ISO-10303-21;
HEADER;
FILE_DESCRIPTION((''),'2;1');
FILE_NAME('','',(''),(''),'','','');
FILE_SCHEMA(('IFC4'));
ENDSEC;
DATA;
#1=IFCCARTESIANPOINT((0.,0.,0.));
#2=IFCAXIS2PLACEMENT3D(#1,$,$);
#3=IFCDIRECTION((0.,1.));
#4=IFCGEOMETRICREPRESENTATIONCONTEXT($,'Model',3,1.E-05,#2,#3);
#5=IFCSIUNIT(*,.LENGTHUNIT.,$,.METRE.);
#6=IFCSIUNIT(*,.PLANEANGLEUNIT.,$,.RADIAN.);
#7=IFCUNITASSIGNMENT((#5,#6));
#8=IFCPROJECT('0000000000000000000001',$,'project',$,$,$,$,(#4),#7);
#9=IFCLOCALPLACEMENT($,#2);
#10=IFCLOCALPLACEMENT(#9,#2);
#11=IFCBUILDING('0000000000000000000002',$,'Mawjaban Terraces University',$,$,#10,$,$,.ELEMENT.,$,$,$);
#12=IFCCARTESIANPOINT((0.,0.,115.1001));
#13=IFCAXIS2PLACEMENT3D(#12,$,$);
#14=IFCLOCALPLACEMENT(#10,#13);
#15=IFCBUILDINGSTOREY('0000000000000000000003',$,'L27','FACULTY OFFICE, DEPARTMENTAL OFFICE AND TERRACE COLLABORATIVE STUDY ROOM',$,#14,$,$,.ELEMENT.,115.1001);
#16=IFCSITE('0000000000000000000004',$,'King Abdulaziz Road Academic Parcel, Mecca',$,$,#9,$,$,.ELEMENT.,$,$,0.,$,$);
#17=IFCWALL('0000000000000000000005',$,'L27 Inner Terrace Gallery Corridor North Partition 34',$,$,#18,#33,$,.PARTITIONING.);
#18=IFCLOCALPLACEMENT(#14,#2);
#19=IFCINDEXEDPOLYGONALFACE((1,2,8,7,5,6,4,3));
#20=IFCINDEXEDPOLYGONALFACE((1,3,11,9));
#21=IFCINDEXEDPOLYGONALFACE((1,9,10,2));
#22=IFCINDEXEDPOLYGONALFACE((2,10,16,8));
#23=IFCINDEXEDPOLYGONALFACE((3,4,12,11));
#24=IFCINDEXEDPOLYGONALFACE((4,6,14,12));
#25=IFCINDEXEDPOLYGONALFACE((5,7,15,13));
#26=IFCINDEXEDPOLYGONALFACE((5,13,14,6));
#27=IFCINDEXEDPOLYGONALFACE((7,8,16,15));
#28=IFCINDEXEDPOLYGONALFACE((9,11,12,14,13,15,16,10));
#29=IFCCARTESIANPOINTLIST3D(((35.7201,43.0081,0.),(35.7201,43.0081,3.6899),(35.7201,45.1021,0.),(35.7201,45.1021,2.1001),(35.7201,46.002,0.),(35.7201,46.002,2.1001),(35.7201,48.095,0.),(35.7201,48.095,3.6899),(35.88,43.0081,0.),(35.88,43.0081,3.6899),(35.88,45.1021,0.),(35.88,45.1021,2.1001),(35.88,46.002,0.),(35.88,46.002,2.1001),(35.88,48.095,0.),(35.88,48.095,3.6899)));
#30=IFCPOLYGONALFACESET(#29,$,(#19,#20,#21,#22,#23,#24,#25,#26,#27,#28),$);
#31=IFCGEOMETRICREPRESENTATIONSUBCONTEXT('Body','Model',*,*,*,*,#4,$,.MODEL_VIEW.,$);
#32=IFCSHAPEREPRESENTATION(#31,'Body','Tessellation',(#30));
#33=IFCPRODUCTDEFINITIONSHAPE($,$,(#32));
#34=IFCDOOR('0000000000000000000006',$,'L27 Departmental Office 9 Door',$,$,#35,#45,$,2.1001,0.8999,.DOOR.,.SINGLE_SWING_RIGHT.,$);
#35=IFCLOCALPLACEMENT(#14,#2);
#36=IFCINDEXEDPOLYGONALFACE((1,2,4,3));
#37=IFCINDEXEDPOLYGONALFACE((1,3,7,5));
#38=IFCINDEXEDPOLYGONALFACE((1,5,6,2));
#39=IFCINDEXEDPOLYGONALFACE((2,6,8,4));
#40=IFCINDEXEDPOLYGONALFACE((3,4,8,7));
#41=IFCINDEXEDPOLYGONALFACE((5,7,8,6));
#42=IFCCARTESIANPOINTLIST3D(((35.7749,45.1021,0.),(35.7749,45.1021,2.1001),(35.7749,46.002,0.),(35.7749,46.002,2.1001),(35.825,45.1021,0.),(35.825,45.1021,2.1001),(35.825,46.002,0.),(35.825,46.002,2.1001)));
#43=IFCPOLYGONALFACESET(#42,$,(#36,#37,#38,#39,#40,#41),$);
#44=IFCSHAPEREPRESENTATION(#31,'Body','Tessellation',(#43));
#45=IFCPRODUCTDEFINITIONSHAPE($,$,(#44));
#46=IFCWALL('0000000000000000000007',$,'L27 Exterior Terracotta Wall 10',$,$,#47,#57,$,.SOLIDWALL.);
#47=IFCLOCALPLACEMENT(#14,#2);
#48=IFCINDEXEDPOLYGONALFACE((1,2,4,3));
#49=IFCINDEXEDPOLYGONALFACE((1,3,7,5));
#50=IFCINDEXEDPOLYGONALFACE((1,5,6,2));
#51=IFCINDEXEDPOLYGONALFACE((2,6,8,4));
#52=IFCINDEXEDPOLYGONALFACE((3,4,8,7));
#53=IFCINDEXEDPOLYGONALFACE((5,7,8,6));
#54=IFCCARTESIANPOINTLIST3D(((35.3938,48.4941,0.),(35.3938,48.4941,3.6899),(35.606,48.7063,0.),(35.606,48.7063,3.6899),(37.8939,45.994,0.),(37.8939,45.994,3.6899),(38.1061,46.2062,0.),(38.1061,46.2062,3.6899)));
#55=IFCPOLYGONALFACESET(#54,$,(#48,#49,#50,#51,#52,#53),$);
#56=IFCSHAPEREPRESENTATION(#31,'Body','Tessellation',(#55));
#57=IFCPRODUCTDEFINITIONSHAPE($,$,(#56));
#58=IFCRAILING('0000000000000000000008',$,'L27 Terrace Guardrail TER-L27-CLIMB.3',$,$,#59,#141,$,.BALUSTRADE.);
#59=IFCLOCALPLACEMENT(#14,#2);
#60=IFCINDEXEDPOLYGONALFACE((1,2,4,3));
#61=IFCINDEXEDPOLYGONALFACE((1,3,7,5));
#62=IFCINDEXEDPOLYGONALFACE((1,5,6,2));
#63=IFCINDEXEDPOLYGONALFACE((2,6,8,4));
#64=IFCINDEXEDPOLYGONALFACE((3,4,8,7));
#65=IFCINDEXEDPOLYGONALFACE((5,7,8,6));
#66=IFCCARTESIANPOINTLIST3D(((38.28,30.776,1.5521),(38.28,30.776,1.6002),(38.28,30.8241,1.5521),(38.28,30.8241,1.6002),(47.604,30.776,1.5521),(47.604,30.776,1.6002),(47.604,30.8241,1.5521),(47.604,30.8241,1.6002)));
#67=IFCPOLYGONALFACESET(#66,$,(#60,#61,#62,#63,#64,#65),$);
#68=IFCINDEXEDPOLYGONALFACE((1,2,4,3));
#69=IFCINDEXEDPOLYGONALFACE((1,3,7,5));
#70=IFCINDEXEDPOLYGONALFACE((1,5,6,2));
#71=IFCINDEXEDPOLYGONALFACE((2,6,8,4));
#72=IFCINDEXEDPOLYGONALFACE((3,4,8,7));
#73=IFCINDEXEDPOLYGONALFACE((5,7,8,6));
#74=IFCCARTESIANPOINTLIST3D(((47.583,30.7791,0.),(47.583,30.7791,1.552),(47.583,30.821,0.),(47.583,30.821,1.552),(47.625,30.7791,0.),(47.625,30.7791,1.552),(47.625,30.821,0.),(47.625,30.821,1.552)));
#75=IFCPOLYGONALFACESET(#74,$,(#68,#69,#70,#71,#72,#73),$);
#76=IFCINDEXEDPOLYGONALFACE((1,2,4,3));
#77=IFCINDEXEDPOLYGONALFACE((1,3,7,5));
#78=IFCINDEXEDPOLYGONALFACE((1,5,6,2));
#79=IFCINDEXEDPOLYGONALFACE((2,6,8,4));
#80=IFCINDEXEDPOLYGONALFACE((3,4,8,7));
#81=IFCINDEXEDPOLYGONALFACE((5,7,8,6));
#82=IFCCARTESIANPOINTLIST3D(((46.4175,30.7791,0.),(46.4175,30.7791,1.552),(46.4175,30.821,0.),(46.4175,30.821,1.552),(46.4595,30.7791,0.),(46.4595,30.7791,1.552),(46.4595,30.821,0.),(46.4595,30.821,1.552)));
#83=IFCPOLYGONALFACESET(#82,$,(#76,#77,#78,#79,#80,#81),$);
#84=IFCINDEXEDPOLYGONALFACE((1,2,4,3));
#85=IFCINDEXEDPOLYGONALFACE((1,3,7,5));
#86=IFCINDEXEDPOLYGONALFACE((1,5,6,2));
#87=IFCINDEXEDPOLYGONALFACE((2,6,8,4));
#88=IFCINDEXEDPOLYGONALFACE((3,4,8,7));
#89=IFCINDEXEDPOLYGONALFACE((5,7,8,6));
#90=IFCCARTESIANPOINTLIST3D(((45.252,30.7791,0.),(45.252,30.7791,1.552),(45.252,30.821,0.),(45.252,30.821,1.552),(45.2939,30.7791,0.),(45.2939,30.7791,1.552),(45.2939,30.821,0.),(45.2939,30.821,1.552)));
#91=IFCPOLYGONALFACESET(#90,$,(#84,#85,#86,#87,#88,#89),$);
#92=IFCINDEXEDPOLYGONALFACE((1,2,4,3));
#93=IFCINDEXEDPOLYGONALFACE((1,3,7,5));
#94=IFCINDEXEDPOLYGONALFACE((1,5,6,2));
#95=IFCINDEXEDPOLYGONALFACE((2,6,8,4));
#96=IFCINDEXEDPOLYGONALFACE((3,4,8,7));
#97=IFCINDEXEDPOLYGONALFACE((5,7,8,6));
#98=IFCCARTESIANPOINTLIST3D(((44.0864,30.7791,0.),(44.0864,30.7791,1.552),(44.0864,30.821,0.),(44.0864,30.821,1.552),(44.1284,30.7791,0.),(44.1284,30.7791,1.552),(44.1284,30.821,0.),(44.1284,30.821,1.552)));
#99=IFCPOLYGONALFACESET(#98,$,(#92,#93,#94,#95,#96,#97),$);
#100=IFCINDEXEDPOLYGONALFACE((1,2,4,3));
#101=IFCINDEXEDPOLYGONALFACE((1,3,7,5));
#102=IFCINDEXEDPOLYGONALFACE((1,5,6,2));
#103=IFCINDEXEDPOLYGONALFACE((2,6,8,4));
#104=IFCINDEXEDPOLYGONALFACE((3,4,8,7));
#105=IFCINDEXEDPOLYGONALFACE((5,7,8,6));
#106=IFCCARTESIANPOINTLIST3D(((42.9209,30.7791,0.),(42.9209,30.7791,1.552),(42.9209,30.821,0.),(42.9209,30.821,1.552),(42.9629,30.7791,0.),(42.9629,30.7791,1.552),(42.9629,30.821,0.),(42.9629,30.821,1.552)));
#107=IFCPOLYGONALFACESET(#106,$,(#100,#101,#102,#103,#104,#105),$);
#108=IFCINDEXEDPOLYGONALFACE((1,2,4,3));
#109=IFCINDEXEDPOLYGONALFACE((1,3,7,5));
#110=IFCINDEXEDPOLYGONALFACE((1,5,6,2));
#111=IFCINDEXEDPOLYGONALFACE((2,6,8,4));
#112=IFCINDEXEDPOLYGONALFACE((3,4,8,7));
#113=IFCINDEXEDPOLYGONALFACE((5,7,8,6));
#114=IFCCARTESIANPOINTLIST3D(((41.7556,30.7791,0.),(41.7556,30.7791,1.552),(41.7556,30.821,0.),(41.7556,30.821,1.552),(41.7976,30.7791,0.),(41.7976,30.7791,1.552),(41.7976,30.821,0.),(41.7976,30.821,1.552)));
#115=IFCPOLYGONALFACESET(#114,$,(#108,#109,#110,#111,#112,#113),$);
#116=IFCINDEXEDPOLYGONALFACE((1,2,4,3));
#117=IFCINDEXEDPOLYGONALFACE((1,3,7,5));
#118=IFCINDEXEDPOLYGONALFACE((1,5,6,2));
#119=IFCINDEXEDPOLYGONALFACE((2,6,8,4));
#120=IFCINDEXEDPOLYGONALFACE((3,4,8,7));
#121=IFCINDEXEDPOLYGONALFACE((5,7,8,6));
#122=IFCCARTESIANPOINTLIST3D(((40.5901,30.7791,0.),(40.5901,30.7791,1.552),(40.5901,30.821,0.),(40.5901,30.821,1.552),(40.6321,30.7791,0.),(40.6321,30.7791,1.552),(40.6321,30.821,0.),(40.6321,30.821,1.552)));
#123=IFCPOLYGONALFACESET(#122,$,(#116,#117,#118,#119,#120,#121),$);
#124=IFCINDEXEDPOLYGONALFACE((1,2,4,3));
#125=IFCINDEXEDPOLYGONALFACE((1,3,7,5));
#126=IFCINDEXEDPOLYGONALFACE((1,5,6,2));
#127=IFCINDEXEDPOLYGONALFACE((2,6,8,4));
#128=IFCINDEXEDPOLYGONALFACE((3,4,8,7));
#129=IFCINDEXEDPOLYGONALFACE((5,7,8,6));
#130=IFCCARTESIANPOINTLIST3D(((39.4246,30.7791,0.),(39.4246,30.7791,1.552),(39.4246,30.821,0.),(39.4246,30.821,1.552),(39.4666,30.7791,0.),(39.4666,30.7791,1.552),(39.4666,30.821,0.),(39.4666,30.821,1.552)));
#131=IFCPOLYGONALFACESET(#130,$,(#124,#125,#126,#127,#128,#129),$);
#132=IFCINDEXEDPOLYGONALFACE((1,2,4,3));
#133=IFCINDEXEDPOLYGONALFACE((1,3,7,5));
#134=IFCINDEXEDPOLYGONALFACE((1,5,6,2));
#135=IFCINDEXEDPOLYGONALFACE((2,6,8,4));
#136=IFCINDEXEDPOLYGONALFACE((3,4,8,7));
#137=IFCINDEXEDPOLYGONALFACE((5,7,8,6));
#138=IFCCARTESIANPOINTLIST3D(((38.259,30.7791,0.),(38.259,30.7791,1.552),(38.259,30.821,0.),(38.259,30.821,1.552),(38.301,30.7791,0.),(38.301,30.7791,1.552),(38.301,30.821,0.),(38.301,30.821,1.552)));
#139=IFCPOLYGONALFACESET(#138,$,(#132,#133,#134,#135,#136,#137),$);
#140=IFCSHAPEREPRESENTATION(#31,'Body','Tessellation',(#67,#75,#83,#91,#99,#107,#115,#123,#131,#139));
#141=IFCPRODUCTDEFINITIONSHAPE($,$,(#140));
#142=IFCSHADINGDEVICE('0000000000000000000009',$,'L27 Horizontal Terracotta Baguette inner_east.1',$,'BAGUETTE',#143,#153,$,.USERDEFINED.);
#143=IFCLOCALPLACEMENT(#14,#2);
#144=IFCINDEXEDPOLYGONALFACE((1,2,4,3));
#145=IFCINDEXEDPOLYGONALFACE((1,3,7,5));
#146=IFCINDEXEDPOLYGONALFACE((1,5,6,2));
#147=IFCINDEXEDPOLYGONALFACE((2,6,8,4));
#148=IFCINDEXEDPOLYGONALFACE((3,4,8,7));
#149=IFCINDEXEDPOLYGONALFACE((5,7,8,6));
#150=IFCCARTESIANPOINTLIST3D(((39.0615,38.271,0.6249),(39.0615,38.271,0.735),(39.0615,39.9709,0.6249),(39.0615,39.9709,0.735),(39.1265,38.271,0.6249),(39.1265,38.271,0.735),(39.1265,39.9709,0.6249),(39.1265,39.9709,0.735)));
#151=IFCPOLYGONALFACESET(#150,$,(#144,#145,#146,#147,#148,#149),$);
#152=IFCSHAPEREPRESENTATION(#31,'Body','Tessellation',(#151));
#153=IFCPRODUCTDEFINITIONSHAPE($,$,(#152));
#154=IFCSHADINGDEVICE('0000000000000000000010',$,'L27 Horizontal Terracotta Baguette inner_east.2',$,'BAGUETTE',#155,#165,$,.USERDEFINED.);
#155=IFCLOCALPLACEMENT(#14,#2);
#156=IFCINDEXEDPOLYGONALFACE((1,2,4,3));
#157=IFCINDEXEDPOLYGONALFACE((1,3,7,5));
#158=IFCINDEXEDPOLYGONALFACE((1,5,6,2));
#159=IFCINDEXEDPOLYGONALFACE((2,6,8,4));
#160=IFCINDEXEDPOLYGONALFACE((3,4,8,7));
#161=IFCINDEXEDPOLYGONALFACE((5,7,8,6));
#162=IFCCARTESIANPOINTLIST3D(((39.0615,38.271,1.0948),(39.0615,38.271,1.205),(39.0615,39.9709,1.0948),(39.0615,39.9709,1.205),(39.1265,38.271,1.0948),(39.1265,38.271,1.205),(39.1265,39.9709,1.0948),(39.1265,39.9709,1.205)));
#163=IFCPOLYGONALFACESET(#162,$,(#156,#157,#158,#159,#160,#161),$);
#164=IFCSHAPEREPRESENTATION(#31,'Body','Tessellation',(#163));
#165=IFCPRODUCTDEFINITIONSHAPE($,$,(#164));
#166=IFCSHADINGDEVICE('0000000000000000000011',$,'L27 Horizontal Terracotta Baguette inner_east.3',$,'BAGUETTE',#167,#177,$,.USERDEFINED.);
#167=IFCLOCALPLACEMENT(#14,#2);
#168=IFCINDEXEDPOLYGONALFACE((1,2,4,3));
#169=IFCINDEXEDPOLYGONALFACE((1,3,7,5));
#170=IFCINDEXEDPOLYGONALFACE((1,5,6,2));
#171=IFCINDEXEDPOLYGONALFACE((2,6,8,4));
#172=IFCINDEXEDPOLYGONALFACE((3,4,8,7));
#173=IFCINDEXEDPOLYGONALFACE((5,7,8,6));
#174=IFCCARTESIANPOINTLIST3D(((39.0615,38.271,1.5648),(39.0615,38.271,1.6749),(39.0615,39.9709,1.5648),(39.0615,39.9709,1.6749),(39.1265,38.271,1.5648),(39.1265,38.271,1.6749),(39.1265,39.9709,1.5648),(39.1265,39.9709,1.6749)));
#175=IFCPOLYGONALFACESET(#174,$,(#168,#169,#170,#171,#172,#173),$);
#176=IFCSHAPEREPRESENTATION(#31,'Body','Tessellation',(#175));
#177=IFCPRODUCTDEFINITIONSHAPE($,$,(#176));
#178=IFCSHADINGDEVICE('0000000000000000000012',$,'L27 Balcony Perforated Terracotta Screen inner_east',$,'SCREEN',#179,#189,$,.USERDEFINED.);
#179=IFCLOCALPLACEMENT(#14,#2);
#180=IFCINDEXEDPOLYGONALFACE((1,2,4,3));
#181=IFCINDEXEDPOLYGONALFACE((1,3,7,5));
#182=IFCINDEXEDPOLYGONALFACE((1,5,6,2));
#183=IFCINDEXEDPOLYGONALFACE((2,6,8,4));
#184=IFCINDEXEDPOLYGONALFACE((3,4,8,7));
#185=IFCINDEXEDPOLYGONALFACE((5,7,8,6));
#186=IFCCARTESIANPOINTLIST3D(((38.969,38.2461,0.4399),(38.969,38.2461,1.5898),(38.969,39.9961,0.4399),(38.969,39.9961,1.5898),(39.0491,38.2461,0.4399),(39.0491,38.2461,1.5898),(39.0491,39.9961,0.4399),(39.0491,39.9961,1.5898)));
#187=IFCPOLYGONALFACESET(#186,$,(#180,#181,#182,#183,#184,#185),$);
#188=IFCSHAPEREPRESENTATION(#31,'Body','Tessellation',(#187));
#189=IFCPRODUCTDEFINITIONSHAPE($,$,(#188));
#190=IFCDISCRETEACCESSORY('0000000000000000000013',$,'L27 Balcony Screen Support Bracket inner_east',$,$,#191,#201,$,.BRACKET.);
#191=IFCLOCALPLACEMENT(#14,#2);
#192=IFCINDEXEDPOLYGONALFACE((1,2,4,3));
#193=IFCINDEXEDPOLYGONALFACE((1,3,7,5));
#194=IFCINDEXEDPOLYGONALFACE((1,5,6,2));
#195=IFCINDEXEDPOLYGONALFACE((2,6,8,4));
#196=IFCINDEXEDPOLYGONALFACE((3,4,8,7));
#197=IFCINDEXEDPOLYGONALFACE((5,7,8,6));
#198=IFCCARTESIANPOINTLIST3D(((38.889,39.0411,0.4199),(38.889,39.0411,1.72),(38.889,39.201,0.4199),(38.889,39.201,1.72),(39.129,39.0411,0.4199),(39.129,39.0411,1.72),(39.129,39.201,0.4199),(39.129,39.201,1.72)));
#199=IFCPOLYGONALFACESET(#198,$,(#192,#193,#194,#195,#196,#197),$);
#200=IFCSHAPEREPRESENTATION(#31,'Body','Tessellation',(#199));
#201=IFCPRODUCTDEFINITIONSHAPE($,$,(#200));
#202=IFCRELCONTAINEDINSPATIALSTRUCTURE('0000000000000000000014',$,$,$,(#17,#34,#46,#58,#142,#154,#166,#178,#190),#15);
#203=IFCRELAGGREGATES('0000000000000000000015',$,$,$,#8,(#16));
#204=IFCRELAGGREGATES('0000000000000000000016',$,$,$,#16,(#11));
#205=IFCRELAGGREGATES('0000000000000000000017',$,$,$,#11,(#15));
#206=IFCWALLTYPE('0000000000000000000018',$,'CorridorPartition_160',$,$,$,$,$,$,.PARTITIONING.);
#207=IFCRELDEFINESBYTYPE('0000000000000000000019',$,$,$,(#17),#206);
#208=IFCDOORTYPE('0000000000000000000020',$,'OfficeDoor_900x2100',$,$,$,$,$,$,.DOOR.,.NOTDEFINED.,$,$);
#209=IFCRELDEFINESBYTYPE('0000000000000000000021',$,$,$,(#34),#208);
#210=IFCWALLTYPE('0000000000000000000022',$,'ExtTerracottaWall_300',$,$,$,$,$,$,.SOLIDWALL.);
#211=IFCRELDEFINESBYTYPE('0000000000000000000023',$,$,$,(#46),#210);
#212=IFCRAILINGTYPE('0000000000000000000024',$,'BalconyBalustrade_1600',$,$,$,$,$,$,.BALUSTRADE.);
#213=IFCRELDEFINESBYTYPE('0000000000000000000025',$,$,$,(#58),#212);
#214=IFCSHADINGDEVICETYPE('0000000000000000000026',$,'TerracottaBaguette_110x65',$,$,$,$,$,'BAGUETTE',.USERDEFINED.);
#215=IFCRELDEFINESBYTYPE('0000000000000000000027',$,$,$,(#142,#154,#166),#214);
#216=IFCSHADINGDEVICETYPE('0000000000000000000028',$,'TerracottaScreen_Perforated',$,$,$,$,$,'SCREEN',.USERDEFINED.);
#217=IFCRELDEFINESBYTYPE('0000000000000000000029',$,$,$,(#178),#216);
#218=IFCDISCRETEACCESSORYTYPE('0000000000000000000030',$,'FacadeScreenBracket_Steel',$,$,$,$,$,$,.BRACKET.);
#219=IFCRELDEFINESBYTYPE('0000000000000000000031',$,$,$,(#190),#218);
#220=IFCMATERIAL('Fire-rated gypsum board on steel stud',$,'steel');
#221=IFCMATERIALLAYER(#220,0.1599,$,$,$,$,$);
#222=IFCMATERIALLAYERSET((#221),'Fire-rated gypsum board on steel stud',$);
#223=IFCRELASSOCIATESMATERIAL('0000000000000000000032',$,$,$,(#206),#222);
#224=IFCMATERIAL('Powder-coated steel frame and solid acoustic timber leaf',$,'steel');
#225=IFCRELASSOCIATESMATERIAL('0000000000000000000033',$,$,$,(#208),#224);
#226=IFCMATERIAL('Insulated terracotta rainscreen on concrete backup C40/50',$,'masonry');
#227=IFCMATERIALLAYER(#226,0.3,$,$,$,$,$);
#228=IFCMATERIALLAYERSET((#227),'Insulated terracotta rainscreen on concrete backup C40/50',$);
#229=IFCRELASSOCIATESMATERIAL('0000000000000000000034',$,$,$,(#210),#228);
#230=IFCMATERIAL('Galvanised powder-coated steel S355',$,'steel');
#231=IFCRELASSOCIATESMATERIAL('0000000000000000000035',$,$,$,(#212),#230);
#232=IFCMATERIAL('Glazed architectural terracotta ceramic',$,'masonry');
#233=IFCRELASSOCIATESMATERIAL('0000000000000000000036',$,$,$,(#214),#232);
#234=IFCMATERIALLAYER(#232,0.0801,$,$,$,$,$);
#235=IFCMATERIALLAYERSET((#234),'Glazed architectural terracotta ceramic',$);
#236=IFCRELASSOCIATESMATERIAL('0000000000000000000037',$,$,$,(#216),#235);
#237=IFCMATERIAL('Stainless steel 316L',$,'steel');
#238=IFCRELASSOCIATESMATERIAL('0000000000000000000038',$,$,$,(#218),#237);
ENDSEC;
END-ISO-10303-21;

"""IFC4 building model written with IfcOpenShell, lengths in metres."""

from ifc_helpers import new_model, si_unit, direction, frame, frame_2d, origin, origin_2d, place, context, subcontext, project, spatial, rectangle, extrude, material, layer, layer_set, material_profile, profile_set, type_object, element, fill, save


model = new_model("IFC4")

# Units and contexts
model_context = context("Model", 3, precision=1e-05, world=origin(), true_north=direction((0.0, 1.0)))
body_context = subcontext(model_context, "Body", "Model", "MODEL_VIEW")
ifc_project = project(units=[si_unit("LENGTHUNIT", "METRE"), si_unit("PLANEANGLEUNIT", "RADIAN")], contexts=[model_context])

# Site, building, storey
site_placement = place(None, origin())
site = spatial("IfcSite", under=ifc_project, at=site_placement, Name="King Abdulaziz Road Academic Parcel, Mecca", CompositionType="ELEMENT", RefElevation=0.0)
building_placement = place(site_placement, origin())
building = spatial("IfcBuilding", under=site, at=building_placement, Name="Mawjaban Terraces University", CompositionType="ELEMENT")
storey_placement = place(building_placement, frame((0.0, 0.0, 115.1001)))
storey = spatial("IfcBuildingStorey", under=building, at=storey_placement, Name="L27", Description="FACULTY OFFICE, DEPARTMENTAL OFFICE AND TERRACE COLLABORATIVE STUDY ROOM", CompositionType="ELEMENT", Elevation=115.1001)

# Wall, opening, door
ifc_material_1 = material(Name="Fire-rated gypsum board on steel stud", Category="steel")
ifc_layer_1 = layer(ifc_material_1, 0.1599)
ifc_layer_set_1 = layer_set([ifc_layer_1], Name="Fire-rated gypsum board on steel stud")
wall_type_1 = type_object("IfcWallType", Name="CorridorPartition_160", PredefinedType="PARTITIONING", material=ifc_layer_set_1)
ifc_material_2 = material(Name="Powder-coated steel frame and solid acoustic timber leaf", Category="steel")
door_type = type_object("IfcDoorType", Name="OfficeDoor_900x2100", OperationType="NOTDEFINED", PredefinedType="DOOR", material=ifc_material_2)
wall_1_placement = place(storey_placement, frame((35.8, 48.095, 0.0), z_axis=(0.0, 0.0, 1.0), x_axis=(0.0, -1.0, 0.0)))
wall_1 = element("IfcWall", 1, at=wall_1_placement, inside=storey, type_object=wall_type_1, Name="L27 Inner Terrace Gallery Corridor North Partition 34", PredefinedType="PARTITIONING", context=body_context, shape_type="SweptSolid", body=[
    extrude(rectangle(XDim=5.0869, YDim=0.1599, at=frame_2d((2.5435, 0.0))), origin(), (0.0, 0.0, 1.0), 3.6899),
])
opening_1_placement = place(wall_1_placement, frame((2.093, 0.0, 0.0)))
opening_1 = element("IfcOpeningElement", 2, at=opening_1_placement, cuts=wall_1, PredefinedType="OPENING", context=body_context, shape_type="SweptSolid", body=[
    extrude(rectangle(XDim=0.8999, YDim=2.1001, at=frame_2d((0.45, 1.05))), frame((0.0, 0.0898, 0.0), z_axis=(0.0, -1.0, 0.0), x_axis=(1.0, 0.0, 0.0)), (0.0, 0.0, 1.0), 0.1799),
])
door_1_placement = place(opening_1_placement, origin())
door_1 = element("IfcDoor", 3, at=door_1_placement, inside=storey, type_object=door_type, Name="L27 Departmental Office 9 Door", OperationType="SINGLE_SWING_RIGHT", OverallHeight=2.1001, OverallWidth=0.8999, PredefinedType="DOOR", context=body_context, shape_type="SweptSolid", body=[
    extrude(rectangle(XDim=0.8999, YDim=2.1001, at=frame_2d((0.45, 1.05))), frame((0.0, 0.0249, 0.0), z_axis=(0.0, -1.0, 0.0), x_axis=(1.0, 0.0, 0.0)), (0.0, 0.0, 1.0), 0.05),
])
fill(opening_1, door_1)

# Wall
ifc_material_3 = material(Name="Insulated terracotta rainscreen on concrete backup C40/50", Category="masonry")
ifc_layer_2 = layer(ifc_material_3, 0.3)
ifc_layer_set_2 = layer_set([ifc_layer_2], Name="Insulated terracotta rainscreen on concrete backup C40/50")
wall_type_2 = type_object("IfcWallType", Name="ExtTerracottaWall_300", PredefinedType="SOLIDWALL", material=ifc_layer_set_2)
wall_2_placement = place(storey_placement, frame((38.0, 46.1001, 0.0), z_axis=(0.0, 0.0, 1.0), x_axis=(-0.707107, 0.707107, 0.0)))
element("IfcWall", 4, at=wall_2_placement, inside=storey, type_object=wall_type_2, Name="L27 Exterior Terracotta Wall 10", PredefinedType="SOLIDWALL", context=body_context, shape_type="SweptSolid", body=[
    extrude(rectangle(XDim=3.5356, YDim=0.3, at=frame_2d((1.7678, 0.0))), origin(), (0.0, 0.0, 1.0), 3.6899),
])

# Railing
ifc_material_4 = material(Name="Galvanised powder-coated steel S355", Category="steel")
railing_type = type_object("IfcRailingType", Name="BalconyBalustrade_1600", PredefinedType="BALUSTRADE", material=ifc_material_4)
railing_1_placement = place(storey_placement, frame((47.604, 30.8, 0.0)))
element("IfcRailing", 5, at=railing_1_placement, inside=storey, type_object=railing_type, Name="L27 Terrace Guardrail TER-L27-CLIMB.3", PredefinedType="BALUSTRADE", context=body_context, shape_type="SweptSolid", body=[
    extrude(rectangle(XDim=0.0481, YDim=0.0481, at=origin_2d()), frame((0.0, 0.0, 1.5762), z_axis=(-1.0, 0.0, 0.0), x_axis=(0.0, -1.0, 0.0)), (0.0, 0.0, 1.0), 9.324),
    extrude(rectangle(XDim=0.042, YDim=0.042, at=origin_2d()), origin(), (0.0, 0.0, 1.0), 1.552),
    extrude(rectangle(XDim=0.042, YDim=0.042, at=origin_2d()), frame((-1.1655, 0.0, 0.0)), (0.0, 0.0, 1.0), 1.552),
    extrude(rectangle(XDim=0.042, YDim=0.042, at=origin_2d()), frame((-2.3311, 0.0, 0.0)), (0.0, 0.0, 1.0), 1.552),
    extrude(rectangle(XDim=0.042, YDim=0.042, at=origin_2d()), frame((-3.4966, 0.0, 0.0)), (0.0, 0.0, 1.0), 1.552),
    extrude(rectangle(XDim=0.042, YDim=0.042, at=origin_2d()), frame((-4.6621, 0.0, 0.0)), (0.0, 0.0, 1.0), 1.552),
    extrude(rectangle(XDim=0.042, YDim=0.042, at=origin_2d()), frame((-5.8274, 0.0, 0.0)), (0.0, 0.0, 1.0), 1.552),
    extrude(rectangle(XDim=0.042, YDim=0.042, at=origin_2d()), frame((-6.9929, 0.0, 0.0)), (0.0, 0.0, 1.0), 1.552),
    extrude(rectangle(XDim=0.042, YDim=0.042, at=origin_2d()), frame((-8.1584, 0.0, 0.0)), (0.0, 0.0, 1.0), 1.552),
    extrude(rectangle(XDim=0.042, YDim=0.042, at=origin_2d()), frame((-9.324, 0.0, 0.0)), (0.0, 0.0, 1.0), 1.552),
])

# Shading devices
ifc_material_5 = material(Name="Glazed architectural terracotta ceramic", Category="masonry")
ifc_material_profile_1 = material_profile(ifc_material_5, rectangle(XDim=0.0649, YDim=0.1101, at=origin_2d()), Name="TBAG110X65")
ifc_profile_set_1 = profile_set([ifc_material_profile_1], Name="Glazed architectural terracotta ceramic")
shading_device_type_1 = type_object("IfcShadingDeviceType", Name="TerracottaBaguette_110x65", ElementType="BAGUETTE", PredefinedType="USERDEFINED", material=ifc_profile_set_1)
for number, where, z_axis, x_axis, name in (
    (6, (39.094, 38.271, 0.6799), (0.0, 1.0, 0.0), (-1.0, 0.0, 0.0), "L27 Horizontal Terracotta Baguette inner_east.1"),
    (7, (39.094, 38.271, 1.1499), (0.0, 1.0, 0.0), (-1.0, 0.0, 0.0), "L27 Horizontal Terracotta Baguette inner_east.2"),
    (8, (39.094, 38.271, 1.6199), (0.0, 1.0, 0.0), (-1.0, 0.0, 0.0), "L27 Horizontal Terracotta Baguette inner_east.3"),
):
    element("IfcShadingDevice", number, at=place(storey_placement, frame(where, z_axis=z_axis, x_axis=x_axis)), inside=storey, type_object=shading_device_type_1, Name=name, ObjectType="BAGUETTE", PredefinedType="USERDEFINED", context=body_context, shape_type="SweptSolid", body=[
        extrude(rectangle(XDim=0.0649, YDim=0.1101, at=origin_2d()), origin(), (0.0, 0.0, 1.0), 1.7),
    ])
ifc_layer_3 = layer(ifc_material_5, 0.0801)
ifc_layer_set_3 = layer_set([ifc_layer_3], Name="Glazed architectural terracotta ceramic")
shading_device_type_2 = type_object("IfcShadingDeviceType", Name="TerracottaScreen_Perforated", ElementType="SCREEN", PredefinedType="USERDEFINED", material=ifc_layer_set_3)
shading_device_placement = place(storey_placement, frame((39.009, 39.1211, 0.4399), z_axis=(0.0, 0.0, 1.0), x_axis=(0.0, 1.0, 0.0)))
element("IfcShadingDevice", 9, at=shading_device_placement, inside=storey, type_object=shading_device_type_2, Name="L27 Balcony Perforated Terracotta Screen inner_east", ObjectType="SCREEN", PredefinedType="USERDEFINED", context=body_context, shape_type="SweptSolid", body=[
    extrude(rectangle(XDim=1.75, YDim=0.0801, at=origin_2d()), origin(), (0.0, 0.0, 1.0), 1.1499),
])

# Discrete accessory
ifc_material_6 = material(Name="Stainless steel 316L", Category="steel")
discrete_accessory_type_1 = type_object("IfcDiscreteAccessoryType", Name="FacadeScreenBracket_Steel", PredefinedType="BRACKET", material=ifc_material_6)
discrete_accessory_1_placement = place(storey_placement, frame((39.009, 39.1211, 0.4199), z_axis=(0.0, 0.0, 1.0), x_axis=(0.0, 1.0, 0.0)))
element("IfcDiscreteAccessory", 10, at=discrete_accessory_1_placement, inside=storey, type_object=discrete_accessory_type_1, Name="L27 Balcony Screen Support Bracket inner_east", PredefinedType="BRACKET", context=body_context, shape_type="SweptSolid", body=[
    extrude(rectangle(XDim=0.1599, YDim=0.24, at=origin_2d()), origin(), (0.0, 0.0, 1.0), 1.3),
])

save(model, "model.ifc")
